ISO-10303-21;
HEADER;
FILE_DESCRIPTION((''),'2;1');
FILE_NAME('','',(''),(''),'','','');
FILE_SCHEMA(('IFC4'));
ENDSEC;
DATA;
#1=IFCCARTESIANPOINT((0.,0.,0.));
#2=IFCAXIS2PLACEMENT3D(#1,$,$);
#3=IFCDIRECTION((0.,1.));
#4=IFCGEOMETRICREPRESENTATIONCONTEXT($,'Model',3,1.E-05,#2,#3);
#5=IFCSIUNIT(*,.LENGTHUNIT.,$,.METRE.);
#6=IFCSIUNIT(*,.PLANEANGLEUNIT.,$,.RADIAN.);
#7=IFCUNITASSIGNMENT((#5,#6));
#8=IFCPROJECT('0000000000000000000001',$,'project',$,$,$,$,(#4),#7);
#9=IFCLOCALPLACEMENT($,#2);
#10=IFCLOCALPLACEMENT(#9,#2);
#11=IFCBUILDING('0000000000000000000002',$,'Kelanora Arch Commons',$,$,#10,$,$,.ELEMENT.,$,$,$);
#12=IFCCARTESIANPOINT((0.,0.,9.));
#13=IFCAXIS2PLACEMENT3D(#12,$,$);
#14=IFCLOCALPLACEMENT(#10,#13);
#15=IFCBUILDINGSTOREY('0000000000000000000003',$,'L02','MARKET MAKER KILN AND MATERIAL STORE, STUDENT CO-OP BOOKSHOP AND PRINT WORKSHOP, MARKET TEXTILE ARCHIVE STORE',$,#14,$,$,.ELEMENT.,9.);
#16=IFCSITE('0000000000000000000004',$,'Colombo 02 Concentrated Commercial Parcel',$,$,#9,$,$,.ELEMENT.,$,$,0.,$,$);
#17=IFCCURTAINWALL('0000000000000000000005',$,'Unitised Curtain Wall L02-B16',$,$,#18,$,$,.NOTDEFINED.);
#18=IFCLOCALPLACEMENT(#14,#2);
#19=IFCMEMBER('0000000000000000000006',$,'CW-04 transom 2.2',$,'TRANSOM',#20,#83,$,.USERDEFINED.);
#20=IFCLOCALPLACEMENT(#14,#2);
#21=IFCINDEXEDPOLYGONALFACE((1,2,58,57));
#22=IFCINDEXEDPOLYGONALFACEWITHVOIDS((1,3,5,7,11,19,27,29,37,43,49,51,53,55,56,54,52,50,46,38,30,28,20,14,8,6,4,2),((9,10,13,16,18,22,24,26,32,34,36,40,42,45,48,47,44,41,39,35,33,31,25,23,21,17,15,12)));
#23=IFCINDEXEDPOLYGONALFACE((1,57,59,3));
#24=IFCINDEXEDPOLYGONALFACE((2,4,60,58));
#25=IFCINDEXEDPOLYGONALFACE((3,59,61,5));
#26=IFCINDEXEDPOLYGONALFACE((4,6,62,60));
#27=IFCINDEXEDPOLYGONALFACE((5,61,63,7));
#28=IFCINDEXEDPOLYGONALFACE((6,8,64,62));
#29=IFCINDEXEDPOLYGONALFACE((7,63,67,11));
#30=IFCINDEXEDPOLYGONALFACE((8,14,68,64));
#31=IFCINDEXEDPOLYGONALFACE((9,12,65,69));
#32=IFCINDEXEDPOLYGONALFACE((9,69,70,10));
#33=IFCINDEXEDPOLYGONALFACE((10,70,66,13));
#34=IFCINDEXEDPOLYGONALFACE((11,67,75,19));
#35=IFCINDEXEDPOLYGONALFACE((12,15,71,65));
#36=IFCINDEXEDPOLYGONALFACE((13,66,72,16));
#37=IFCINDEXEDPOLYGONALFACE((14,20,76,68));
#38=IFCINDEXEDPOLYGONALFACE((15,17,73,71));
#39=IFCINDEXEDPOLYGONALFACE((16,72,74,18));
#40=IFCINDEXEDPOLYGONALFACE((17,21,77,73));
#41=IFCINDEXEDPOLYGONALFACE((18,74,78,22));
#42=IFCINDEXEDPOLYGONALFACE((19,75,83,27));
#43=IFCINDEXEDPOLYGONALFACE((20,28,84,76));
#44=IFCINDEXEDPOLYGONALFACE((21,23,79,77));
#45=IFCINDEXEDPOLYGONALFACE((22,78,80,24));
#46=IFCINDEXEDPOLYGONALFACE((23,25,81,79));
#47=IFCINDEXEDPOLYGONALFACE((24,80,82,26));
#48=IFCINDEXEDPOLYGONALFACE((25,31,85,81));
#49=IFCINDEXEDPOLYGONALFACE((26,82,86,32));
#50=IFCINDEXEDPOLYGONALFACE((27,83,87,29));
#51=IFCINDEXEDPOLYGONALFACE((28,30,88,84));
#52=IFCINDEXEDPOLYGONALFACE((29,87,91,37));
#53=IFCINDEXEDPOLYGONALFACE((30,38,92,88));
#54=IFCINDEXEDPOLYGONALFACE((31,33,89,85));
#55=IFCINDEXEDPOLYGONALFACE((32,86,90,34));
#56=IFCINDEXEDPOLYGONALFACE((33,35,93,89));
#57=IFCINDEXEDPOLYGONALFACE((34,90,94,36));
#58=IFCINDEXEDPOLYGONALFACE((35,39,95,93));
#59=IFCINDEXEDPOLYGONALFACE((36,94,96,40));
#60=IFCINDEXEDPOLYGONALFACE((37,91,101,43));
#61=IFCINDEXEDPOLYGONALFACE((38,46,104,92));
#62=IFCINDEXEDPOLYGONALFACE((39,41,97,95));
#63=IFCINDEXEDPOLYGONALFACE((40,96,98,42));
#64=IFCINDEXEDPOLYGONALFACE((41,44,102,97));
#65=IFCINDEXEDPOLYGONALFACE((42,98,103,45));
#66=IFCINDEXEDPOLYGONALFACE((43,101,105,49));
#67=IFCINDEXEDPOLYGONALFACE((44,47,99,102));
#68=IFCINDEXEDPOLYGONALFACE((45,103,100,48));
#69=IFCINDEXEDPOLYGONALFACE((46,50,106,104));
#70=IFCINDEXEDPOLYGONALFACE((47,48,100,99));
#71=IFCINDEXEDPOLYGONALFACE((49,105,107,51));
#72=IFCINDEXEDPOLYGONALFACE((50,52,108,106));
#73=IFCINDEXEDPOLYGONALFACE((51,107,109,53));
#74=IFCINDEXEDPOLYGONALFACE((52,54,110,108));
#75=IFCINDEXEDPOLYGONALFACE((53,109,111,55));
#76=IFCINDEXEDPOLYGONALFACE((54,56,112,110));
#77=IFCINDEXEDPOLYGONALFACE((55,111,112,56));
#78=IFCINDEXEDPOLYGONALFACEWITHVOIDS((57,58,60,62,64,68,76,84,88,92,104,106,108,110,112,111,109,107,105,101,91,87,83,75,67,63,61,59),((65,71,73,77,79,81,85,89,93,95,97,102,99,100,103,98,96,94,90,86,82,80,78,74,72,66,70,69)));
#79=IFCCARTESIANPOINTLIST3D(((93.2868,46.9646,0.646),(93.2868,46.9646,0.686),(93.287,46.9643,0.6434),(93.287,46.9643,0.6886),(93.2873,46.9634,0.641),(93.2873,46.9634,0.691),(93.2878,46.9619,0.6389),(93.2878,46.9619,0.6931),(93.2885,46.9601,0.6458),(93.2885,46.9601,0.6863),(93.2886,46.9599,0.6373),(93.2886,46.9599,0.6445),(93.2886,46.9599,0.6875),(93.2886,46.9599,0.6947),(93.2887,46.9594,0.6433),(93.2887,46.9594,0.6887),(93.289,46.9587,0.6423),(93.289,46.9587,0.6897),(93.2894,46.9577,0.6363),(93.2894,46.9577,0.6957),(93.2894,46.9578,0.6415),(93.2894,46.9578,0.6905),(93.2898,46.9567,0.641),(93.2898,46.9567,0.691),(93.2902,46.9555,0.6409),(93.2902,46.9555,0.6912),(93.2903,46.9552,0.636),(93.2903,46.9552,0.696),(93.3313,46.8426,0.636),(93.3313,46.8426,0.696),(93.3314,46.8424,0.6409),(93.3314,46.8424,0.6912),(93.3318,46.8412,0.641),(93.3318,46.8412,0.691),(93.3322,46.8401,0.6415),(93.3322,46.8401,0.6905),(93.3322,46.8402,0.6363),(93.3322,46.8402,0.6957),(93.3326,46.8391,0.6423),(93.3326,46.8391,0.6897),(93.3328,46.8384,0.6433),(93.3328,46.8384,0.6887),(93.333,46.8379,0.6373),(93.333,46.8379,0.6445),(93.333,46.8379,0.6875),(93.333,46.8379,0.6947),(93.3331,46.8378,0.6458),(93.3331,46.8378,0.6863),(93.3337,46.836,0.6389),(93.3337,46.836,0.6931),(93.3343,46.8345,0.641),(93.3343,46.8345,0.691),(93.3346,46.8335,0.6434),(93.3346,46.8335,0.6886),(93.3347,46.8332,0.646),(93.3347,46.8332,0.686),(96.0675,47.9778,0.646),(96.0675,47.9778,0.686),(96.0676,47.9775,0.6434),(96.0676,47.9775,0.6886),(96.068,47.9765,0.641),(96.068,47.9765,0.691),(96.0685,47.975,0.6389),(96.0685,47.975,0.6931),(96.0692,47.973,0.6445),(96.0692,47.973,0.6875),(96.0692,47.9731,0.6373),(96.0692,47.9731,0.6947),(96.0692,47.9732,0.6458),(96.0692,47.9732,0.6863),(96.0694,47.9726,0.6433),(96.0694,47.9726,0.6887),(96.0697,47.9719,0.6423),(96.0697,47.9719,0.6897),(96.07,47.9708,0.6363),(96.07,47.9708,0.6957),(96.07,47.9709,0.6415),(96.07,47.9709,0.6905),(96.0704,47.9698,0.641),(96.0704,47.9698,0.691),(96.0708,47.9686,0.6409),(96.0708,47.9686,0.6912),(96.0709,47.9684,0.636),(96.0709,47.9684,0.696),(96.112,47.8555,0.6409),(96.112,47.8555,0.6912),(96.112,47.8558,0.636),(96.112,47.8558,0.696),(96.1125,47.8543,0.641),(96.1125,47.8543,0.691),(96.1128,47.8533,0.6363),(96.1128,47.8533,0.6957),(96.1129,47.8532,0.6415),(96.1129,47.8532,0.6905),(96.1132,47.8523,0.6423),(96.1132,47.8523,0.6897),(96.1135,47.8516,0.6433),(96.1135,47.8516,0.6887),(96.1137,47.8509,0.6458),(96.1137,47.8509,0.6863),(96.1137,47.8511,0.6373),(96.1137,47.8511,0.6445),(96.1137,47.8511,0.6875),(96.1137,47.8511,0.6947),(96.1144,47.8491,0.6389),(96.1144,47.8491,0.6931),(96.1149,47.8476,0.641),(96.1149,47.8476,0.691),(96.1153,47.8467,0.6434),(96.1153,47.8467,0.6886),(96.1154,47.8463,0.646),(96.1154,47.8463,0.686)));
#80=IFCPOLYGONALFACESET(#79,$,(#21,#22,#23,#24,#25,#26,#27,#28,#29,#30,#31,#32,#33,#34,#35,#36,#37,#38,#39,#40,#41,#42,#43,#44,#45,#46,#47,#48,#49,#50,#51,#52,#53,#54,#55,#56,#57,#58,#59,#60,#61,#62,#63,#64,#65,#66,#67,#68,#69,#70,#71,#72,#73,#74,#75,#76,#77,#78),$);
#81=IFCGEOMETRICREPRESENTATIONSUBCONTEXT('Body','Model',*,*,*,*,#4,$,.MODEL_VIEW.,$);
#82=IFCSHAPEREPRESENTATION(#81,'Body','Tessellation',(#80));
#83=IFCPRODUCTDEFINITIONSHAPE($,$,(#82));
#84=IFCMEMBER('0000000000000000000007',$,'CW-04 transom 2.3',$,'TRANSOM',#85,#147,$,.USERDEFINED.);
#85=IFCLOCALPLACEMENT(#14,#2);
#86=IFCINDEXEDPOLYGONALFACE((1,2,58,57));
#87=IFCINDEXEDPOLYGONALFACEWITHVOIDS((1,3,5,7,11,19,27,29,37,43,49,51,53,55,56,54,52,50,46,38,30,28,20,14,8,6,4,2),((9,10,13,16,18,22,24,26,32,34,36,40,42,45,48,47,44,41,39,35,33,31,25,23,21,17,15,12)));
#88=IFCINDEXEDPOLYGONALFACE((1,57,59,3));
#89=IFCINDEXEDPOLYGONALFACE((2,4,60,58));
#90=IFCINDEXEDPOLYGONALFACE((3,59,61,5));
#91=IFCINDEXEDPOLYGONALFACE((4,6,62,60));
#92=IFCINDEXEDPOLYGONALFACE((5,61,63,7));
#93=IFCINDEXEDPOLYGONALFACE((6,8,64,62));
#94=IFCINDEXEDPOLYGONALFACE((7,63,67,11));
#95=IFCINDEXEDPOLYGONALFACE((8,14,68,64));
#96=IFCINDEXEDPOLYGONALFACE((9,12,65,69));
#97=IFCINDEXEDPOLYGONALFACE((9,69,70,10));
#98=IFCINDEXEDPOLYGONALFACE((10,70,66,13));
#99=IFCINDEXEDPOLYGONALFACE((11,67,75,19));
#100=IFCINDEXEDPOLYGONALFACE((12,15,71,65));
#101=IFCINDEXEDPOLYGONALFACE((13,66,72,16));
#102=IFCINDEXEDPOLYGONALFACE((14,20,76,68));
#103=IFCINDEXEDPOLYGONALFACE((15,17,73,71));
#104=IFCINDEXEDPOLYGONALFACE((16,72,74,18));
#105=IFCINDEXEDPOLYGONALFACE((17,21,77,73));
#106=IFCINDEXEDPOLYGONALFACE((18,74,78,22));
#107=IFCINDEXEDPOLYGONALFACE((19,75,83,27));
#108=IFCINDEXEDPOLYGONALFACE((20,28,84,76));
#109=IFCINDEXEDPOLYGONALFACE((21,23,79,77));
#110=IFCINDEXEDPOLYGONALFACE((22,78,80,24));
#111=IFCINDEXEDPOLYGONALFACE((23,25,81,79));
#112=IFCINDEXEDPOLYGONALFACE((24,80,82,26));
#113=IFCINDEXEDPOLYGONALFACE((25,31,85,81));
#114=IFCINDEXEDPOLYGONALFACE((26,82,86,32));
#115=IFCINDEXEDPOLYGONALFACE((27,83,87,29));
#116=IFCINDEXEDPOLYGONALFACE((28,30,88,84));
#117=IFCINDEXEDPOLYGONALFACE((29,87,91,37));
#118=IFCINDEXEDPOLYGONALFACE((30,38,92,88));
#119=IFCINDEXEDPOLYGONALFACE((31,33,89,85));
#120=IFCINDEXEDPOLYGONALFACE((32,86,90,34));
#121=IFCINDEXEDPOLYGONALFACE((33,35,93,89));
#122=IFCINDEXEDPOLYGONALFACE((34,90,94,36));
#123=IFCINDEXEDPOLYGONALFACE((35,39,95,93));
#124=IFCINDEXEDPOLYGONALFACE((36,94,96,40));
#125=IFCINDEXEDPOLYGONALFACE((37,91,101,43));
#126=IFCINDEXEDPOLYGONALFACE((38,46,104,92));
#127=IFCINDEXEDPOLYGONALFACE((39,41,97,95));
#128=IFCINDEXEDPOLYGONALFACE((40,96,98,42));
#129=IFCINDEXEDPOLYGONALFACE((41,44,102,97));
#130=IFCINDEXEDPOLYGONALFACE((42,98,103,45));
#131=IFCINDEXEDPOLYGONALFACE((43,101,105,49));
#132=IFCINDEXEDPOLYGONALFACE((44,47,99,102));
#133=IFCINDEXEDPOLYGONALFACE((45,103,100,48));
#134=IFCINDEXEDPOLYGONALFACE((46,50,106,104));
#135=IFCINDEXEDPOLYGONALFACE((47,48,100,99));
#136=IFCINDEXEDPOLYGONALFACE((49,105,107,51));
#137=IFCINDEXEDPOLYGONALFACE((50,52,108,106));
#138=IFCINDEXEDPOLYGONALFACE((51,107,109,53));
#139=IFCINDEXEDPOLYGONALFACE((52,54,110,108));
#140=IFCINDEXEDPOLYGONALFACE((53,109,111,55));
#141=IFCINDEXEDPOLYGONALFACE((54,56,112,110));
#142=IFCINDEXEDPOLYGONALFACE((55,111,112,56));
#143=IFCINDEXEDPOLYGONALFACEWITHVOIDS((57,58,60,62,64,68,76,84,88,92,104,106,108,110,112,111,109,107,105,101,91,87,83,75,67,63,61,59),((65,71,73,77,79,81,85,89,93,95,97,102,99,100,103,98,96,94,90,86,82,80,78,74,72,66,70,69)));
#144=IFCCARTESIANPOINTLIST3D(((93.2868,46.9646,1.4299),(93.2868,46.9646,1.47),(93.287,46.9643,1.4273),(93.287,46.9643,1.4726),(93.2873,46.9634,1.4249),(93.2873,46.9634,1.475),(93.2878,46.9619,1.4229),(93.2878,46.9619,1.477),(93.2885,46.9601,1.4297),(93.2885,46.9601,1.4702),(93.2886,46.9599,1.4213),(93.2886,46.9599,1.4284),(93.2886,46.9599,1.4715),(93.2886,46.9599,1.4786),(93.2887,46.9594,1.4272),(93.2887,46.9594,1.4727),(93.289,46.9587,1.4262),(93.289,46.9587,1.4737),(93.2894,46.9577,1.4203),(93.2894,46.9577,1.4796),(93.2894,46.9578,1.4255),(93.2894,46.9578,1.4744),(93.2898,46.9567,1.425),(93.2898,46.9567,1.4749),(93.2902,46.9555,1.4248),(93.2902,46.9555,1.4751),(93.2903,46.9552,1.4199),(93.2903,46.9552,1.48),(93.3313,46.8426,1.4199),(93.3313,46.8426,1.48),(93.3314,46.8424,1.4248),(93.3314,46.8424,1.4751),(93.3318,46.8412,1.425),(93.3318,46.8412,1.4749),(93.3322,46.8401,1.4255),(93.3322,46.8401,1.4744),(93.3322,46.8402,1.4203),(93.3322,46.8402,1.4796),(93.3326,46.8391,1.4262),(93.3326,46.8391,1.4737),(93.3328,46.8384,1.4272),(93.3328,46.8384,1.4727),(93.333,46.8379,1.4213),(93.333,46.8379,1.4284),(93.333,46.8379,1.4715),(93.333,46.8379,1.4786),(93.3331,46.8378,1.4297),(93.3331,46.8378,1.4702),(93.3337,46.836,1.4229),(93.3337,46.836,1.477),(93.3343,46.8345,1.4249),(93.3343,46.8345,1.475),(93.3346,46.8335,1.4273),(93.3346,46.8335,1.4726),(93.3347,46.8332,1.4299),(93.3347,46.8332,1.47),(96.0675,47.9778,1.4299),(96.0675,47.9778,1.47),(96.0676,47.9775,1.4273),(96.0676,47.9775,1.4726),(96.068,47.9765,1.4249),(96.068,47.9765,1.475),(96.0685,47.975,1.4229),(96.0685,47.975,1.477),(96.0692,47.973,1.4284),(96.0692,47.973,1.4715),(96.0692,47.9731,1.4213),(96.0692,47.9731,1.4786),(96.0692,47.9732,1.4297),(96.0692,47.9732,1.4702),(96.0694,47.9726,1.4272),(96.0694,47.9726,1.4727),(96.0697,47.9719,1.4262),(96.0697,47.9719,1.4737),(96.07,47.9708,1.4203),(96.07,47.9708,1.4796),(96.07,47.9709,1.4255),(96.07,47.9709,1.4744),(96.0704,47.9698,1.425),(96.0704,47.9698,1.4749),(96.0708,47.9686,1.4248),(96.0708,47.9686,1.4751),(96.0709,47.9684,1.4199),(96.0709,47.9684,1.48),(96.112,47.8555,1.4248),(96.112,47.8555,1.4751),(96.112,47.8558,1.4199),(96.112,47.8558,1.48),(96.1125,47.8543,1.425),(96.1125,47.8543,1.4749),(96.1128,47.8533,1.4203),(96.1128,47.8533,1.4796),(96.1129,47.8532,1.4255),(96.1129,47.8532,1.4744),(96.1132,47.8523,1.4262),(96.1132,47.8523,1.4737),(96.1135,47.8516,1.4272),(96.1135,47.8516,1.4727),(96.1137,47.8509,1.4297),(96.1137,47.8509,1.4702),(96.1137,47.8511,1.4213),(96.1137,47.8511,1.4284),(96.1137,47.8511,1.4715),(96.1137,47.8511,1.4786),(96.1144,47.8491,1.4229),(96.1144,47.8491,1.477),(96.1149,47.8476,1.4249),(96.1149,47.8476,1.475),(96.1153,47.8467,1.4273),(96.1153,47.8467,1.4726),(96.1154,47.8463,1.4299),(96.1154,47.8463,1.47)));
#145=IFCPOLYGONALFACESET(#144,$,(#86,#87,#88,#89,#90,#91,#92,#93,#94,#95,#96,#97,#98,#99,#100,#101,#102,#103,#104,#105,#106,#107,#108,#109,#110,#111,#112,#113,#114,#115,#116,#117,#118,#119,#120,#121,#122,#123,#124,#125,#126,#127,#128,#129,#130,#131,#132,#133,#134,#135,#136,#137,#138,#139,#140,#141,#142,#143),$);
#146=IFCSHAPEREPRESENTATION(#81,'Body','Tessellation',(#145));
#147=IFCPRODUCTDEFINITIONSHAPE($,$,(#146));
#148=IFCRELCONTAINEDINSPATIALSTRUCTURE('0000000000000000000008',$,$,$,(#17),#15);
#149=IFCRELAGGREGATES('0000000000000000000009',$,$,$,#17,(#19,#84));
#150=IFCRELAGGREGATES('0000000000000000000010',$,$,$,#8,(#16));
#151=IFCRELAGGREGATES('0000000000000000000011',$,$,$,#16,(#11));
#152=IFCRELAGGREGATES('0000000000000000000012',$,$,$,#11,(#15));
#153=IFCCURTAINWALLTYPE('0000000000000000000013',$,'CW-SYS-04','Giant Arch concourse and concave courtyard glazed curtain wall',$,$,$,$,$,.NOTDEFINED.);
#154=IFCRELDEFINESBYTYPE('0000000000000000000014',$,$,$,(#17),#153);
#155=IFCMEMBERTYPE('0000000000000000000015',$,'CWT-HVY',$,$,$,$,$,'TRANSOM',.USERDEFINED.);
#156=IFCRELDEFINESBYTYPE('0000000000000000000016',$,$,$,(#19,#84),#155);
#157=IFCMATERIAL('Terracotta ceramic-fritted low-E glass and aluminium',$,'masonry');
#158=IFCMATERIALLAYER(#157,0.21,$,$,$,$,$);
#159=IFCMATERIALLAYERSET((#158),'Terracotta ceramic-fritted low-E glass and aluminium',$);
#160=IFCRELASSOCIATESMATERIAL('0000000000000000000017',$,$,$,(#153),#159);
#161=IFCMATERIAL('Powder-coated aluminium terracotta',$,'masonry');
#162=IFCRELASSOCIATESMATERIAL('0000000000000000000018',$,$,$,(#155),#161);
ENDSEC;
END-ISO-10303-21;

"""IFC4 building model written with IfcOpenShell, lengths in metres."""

from ifc_helpers import new_model, si_unit, direction, frame, origin, origin_2d, place, context, subcontext, project, spatial, hollow_rectangle, extrude, material, layer, layer_set, material_profile, profile_set, type_object, element, aggregate, save


model = new_model("IFC4")

# Units and contexts
model_context = context("Model", 3, precision=1e-05, world=origin(), true_north=direction((0.0, 1.0)))
body_context = subcontext(model_context, "Body", "Model", "MODEL_VIEW")
ifc_project = project(units=[si_unit("LENGTHUNIT", "METRE"), si_unit("PLANEANGLEUNIT", "RADIAN")], contexts=[model_context])

# Site, building, storey
site_placement = place(None, origin())
site = spatial("IfcSite", under=ifc_project, at=site_placement, Name="Colombo 02 Concentrated Commercial Parcel", CompositionType="ELEMENT", RefElevation=0.0)
building_placement = place(site_placement, origin())
building = spatial("IfcBuilding", under=site, at=building_placement, Name="Kelanora Arch Commons", CompositionType="ELEMENT")
storey_placement = place(building_placement, frame((0.0, 0.0, 9.0)))
storey = spatial("IfcBuildingStorey", under=building, at=storey_placement, Name="L02", Description="MARKET MAKER KILN AND MATERIAL STORE, STUDENT CO-OP BOOKSHOP AND PRINT WORKSHOP, MARKET TEXTILE ARCHIVE STORE", CompositionType="ELEMENT", Elevation=9.0)

# Curtain wall, members
ifc_material_1 = material(Name="Terracotta ceramic-fritted low-E glass and aluminium", Category="masonry")
ifc_layer_1 = layer(ifc_material_1, 0.21)
ifc_layer_set_1 = layer_set([ifc_layer_1], Name="Terracotta ceramic-fritted low-E glass and aluminium")
curtain_wall_type = type_object("IfcCurtainWallType", Name="CW-SYS-04", Description="Giant Arch concourse and concave courtyard glazed curtain wall", PredefinedType="NOTDEFINED", material=ifc_layer_set_1)
curtain_wall_placement = place(storey_placement, origin())
curtain_wall = element("IfcCurtainWall", 1, at=curtain_wall_placement, inside=storey, type_object=curtain_wall_type, Name="Unitised Curtain Wall L02-B16", PredefinedType="NOTDEFINED")
ifc_material_2 = material(Name="Powder-coated aluminium terracotta", Category="masonry")
ifc_material_profile_1 = material_profile(ifc_material_2, hollow_rectangle(XDim=0.1399, YDim=0.0601, WallThickness=0.0049, InnerFilletRadius=0.0049, OuterFilletRadius=0.01, at=origin_2d()), Name="CWT140x60")
ifc_profile_set_1 = profile_set([ifc_material_profile_1], Name="Powder-coated aluminium terracotta")
member_type_1 = type_object("IfcMemberType", Name="CWT-HVY", ElementType="TRANSOM", PredefinedType="USERDEFINED", material=ifc_profile_set_1)
member_1_placement = place(storey_placement, frame((93.3108, 46.8989, 0.666), z_axis=(0.939576, 0.342339, 0.0), x_axis=(-0.342339, 0.939576, 0.0)))
member_1 = element("IfcMember", 2, at=member_1_placement, type_object=member_type_1, Name="CW-04 transom 2.2", ObjectType="TRANSOM", PredefinedType="USERDEFINED", context=body_context, shape_type="SweptSolid", body=[
    extrude(hollow_rectangle(XDim=0.1399, YDim=0.0601, WallThickness=0.0049, InnerFilletRadius=0.0049, OuterFilletRadius=0.01, at=origin_2d()), origin(), (0.0, 0.0, 1.0), 2.9595),
])
member_2_placement = place(storey_placement, frame((93.3108, 46.8989, 1.45), z_axis=(0.939576, 0.342339, 0.0), x_axis=(-0.342339, 0.939576, 0.0)))
member_2 = element("IfcMember", 3, at=member_2_placement, type_object=member_type_1, Name="CW-04 transom 2.3", ObjectType="TRANSOM", PredefinedType="USERDEFINED", context=body_context, shape_type="SweptSolid", body=[
    extrude(hollow_rectangle(XDim=0.1399, YDim=0.0601, WallThickness=0.0049, InnerFilletRadius=0.0049, OuterFilletRadius=0.01, at=origin_2d()), origin(), (0.0, 0.0, 1.0), 2.9595),
])
aggregate(curtain_wall, [member_1, member_2])

save(model, "model.ifc")
